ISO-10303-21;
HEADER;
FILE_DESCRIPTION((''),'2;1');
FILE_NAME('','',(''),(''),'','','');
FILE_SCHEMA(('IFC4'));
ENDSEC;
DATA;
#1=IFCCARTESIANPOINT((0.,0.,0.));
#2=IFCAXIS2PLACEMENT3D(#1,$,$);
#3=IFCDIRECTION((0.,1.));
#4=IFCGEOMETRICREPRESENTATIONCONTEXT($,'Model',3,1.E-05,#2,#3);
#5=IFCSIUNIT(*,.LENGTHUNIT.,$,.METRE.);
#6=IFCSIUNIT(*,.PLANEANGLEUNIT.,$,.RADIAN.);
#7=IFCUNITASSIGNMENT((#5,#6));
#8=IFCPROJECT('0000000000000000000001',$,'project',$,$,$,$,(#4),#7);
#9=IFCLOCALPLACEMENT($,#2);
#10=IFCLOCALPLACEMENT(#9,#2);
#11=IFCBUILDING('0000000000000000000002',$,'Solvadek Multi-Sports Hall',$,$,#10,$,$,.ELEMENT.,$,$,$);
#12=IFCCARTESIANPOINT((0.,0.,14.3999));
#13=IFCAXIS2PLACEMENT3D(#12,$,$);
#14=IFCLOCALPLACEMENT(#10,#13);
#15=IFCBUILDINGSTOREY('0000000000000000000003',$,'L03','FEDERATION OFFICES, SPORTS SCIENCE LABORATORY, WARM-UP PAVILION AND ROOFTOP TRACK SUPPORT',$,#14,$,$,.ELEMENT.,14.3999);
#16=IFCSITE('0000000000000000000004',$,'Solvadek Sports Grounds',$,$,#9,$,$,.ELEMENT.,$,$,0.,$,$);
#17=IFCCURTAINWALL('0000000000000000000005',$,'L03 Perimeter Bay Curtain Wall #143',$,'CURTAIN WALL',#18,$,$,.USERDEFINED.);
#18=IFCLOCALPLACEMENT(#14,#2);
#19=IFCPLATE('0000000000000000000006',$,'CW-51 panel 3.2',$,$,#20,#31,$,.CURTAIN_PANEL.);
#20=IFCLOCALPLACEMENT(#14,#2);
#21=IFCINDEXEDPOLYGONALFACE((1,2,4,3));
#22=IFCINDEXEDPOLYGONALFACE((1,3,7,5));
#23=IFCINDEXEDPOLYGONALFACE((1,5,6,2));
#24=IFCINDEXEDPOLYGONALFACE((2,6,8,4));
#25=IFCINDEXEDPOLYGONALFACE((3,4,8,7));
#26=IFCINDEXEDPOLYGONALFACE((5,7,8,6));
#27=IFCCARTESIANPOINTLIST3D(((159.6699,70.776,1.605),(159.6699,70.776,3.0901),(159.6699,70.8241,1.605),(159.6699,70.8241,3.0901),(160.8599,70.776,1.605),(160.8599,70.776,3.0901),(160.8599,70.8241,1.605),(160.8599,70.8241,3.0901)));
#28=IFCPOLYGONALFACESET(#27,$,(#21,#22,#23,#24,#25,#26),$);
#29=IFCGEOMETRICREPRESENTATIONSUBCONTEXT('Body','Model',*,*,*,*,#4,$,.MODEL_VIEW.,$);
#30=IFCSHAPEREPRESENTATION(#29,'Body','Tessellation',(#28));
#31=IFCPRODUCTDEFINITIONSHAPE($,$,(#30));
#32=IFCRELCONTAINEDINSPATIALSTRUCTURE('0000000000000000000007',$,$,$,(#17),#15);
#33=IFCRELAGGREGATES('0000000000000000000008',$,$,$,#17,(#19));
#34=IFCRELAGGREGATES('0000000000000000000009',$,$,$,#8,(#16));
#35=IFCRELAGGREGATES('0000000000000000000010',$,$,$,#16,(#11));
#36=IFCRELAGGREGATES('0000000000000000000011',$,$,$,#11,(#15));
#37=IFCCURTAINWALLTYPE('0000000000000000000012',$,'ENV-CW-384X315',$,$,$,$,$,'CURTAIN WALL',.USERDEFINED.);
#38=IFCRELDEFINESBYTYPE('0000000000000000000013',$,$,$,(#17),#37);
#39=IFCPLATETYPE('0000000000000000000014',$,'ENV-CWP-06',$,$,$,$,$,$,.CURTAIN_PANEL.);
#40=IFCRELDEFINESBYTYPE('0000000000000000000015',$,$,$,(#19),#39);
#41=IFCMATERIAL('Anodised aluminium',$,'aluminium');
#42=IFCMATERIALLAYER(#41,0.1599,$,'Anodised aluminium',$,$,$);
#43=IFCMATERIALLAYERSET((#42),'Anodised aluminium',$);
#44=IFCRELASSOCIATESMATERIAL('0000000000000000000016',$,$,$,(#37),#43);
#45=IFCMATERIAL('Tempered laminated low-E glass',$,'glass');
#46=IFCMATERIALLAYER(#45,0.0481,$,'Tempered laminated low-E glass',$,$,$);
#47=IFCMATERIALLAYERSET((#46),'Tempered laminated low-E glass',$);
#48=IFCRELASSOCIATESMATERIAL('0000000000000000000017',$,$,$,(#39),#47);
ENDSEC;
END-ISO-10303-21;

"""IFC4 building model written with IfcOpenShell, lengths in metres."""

from ifc_helpers import new_model, si_unit, direction, frame, origin, origin_2d, place, context, subcontext, project, spatial, rectangle, extrude, material, layer, layer_set, type_object, element, aggregate, save


model = new_model("IFC4")

# Units and contexts
model_context = context("Model", 3, precision=1e-05, world=origin(), true_north=direction((0.0, 1.0)))
body_context = subcontext(model_context, "Body", "Model", "MODEL_VIEW")
ifc_project = project(units=[si_unit("LENGTHUNIT", "METRE"), si_unit("PLANEANGLEUNIT", "RADIAN")], contexts=[model_context])

# Site, building, storey
site_placement = place(None, origin())
site = spatial("IfcSite", under=ifc_project, at=site_placement, Name="Solvadek Sports Grounds", CompositionType="ELEMENT", RefElevation=0.0)
building_placement = place(site_placement, origin())
building = spatial("IfcBuilding", under=site, at=building_placement, Name="Solvadek Multi-Sports Hall", CompositionType="ELEMENT")
storey_placement = place(building_placement, frame((0.0, 0.0, 14.3999)))
storey = spatial("IfcBuildingStorey", under=building, at=storey_placement, Name="L03", Description="FEDERATION OFFICES, SPORTS SCIENCE LABORATORY, WARM-UP PAVILION AND ROOFTOP TRACK SUPPORT", CompositionType="ELEMENT", Elevation=14.3999)

# Curtain wall
ifc_material_1 = material(Name="Anodised aluminium", Category="aluminium")
ifc_layer_1 = layer(ifc_material_1, 0.1599, Name="Anodised aluminium")
ifc_layer_set_1 = layer_set([ifc_layer_1], Name="Anodised aluminium")
curtain_wall_type_1 = type_object("IfcCurtainWallType", Name="ENV-CW-384X315", ElementType="CURTAIN WALL", PredefinedType="USERDEFINED", material=ifc_layer_set_1)
curtain_wall_1_placement = place(storey_placement, origin())
curtain_wall_1 = element("IfcCurtainWall", 1, at=curtain_wall_1_placement, inside=storey, type_object=curtain_wall_type_1, Name="L03 Perimeter Bay Curtain Wall #143", ObjectType="CURTAIN WALL", PredefinedType="USERDEFINED")

# Plate
ifc_material_2 = material(Name="Tempered laminated low-E glass", Category="glass")
ifc_layer_2 = layer(ifc_material_2, 0.0481, Name="Tempered laminated low-E glass")
ifc_layer_set_2 = layer_set([ifc_layer_2], Name="Tempered laminated low-E glass")
plate_type_1 = type_object("IfcPlateType", Name="ENV-CWP-06", PredefinedType="CURTAIN_PANEL", material=ifc_layer_set_2)
plate_1_placement = place(storey_placement, frame((160.2649, 70.8, 1.605), z_axis=(0.0, 0.0, 1.0), x_axis=(1.0, 0.0, 0.0)))
plate_1 = element("IfcPlate", 2, at=plate_1_placement, type_object=plate_type_1, Name="CW-51 panel 3.2", PredefinedType="CURTAIN_PANEL", context=body_context, shape_type="SweptSolid", body=[
    extrude(rectangle(XDim=1.1899, YDim=0.0481, at=origin_2d()), origin(), (0.0, 0.0, 1.0), 1.4851),
])
aggregate(curtain_wall_1, [plate_1])

save(model, "model.ifc")
